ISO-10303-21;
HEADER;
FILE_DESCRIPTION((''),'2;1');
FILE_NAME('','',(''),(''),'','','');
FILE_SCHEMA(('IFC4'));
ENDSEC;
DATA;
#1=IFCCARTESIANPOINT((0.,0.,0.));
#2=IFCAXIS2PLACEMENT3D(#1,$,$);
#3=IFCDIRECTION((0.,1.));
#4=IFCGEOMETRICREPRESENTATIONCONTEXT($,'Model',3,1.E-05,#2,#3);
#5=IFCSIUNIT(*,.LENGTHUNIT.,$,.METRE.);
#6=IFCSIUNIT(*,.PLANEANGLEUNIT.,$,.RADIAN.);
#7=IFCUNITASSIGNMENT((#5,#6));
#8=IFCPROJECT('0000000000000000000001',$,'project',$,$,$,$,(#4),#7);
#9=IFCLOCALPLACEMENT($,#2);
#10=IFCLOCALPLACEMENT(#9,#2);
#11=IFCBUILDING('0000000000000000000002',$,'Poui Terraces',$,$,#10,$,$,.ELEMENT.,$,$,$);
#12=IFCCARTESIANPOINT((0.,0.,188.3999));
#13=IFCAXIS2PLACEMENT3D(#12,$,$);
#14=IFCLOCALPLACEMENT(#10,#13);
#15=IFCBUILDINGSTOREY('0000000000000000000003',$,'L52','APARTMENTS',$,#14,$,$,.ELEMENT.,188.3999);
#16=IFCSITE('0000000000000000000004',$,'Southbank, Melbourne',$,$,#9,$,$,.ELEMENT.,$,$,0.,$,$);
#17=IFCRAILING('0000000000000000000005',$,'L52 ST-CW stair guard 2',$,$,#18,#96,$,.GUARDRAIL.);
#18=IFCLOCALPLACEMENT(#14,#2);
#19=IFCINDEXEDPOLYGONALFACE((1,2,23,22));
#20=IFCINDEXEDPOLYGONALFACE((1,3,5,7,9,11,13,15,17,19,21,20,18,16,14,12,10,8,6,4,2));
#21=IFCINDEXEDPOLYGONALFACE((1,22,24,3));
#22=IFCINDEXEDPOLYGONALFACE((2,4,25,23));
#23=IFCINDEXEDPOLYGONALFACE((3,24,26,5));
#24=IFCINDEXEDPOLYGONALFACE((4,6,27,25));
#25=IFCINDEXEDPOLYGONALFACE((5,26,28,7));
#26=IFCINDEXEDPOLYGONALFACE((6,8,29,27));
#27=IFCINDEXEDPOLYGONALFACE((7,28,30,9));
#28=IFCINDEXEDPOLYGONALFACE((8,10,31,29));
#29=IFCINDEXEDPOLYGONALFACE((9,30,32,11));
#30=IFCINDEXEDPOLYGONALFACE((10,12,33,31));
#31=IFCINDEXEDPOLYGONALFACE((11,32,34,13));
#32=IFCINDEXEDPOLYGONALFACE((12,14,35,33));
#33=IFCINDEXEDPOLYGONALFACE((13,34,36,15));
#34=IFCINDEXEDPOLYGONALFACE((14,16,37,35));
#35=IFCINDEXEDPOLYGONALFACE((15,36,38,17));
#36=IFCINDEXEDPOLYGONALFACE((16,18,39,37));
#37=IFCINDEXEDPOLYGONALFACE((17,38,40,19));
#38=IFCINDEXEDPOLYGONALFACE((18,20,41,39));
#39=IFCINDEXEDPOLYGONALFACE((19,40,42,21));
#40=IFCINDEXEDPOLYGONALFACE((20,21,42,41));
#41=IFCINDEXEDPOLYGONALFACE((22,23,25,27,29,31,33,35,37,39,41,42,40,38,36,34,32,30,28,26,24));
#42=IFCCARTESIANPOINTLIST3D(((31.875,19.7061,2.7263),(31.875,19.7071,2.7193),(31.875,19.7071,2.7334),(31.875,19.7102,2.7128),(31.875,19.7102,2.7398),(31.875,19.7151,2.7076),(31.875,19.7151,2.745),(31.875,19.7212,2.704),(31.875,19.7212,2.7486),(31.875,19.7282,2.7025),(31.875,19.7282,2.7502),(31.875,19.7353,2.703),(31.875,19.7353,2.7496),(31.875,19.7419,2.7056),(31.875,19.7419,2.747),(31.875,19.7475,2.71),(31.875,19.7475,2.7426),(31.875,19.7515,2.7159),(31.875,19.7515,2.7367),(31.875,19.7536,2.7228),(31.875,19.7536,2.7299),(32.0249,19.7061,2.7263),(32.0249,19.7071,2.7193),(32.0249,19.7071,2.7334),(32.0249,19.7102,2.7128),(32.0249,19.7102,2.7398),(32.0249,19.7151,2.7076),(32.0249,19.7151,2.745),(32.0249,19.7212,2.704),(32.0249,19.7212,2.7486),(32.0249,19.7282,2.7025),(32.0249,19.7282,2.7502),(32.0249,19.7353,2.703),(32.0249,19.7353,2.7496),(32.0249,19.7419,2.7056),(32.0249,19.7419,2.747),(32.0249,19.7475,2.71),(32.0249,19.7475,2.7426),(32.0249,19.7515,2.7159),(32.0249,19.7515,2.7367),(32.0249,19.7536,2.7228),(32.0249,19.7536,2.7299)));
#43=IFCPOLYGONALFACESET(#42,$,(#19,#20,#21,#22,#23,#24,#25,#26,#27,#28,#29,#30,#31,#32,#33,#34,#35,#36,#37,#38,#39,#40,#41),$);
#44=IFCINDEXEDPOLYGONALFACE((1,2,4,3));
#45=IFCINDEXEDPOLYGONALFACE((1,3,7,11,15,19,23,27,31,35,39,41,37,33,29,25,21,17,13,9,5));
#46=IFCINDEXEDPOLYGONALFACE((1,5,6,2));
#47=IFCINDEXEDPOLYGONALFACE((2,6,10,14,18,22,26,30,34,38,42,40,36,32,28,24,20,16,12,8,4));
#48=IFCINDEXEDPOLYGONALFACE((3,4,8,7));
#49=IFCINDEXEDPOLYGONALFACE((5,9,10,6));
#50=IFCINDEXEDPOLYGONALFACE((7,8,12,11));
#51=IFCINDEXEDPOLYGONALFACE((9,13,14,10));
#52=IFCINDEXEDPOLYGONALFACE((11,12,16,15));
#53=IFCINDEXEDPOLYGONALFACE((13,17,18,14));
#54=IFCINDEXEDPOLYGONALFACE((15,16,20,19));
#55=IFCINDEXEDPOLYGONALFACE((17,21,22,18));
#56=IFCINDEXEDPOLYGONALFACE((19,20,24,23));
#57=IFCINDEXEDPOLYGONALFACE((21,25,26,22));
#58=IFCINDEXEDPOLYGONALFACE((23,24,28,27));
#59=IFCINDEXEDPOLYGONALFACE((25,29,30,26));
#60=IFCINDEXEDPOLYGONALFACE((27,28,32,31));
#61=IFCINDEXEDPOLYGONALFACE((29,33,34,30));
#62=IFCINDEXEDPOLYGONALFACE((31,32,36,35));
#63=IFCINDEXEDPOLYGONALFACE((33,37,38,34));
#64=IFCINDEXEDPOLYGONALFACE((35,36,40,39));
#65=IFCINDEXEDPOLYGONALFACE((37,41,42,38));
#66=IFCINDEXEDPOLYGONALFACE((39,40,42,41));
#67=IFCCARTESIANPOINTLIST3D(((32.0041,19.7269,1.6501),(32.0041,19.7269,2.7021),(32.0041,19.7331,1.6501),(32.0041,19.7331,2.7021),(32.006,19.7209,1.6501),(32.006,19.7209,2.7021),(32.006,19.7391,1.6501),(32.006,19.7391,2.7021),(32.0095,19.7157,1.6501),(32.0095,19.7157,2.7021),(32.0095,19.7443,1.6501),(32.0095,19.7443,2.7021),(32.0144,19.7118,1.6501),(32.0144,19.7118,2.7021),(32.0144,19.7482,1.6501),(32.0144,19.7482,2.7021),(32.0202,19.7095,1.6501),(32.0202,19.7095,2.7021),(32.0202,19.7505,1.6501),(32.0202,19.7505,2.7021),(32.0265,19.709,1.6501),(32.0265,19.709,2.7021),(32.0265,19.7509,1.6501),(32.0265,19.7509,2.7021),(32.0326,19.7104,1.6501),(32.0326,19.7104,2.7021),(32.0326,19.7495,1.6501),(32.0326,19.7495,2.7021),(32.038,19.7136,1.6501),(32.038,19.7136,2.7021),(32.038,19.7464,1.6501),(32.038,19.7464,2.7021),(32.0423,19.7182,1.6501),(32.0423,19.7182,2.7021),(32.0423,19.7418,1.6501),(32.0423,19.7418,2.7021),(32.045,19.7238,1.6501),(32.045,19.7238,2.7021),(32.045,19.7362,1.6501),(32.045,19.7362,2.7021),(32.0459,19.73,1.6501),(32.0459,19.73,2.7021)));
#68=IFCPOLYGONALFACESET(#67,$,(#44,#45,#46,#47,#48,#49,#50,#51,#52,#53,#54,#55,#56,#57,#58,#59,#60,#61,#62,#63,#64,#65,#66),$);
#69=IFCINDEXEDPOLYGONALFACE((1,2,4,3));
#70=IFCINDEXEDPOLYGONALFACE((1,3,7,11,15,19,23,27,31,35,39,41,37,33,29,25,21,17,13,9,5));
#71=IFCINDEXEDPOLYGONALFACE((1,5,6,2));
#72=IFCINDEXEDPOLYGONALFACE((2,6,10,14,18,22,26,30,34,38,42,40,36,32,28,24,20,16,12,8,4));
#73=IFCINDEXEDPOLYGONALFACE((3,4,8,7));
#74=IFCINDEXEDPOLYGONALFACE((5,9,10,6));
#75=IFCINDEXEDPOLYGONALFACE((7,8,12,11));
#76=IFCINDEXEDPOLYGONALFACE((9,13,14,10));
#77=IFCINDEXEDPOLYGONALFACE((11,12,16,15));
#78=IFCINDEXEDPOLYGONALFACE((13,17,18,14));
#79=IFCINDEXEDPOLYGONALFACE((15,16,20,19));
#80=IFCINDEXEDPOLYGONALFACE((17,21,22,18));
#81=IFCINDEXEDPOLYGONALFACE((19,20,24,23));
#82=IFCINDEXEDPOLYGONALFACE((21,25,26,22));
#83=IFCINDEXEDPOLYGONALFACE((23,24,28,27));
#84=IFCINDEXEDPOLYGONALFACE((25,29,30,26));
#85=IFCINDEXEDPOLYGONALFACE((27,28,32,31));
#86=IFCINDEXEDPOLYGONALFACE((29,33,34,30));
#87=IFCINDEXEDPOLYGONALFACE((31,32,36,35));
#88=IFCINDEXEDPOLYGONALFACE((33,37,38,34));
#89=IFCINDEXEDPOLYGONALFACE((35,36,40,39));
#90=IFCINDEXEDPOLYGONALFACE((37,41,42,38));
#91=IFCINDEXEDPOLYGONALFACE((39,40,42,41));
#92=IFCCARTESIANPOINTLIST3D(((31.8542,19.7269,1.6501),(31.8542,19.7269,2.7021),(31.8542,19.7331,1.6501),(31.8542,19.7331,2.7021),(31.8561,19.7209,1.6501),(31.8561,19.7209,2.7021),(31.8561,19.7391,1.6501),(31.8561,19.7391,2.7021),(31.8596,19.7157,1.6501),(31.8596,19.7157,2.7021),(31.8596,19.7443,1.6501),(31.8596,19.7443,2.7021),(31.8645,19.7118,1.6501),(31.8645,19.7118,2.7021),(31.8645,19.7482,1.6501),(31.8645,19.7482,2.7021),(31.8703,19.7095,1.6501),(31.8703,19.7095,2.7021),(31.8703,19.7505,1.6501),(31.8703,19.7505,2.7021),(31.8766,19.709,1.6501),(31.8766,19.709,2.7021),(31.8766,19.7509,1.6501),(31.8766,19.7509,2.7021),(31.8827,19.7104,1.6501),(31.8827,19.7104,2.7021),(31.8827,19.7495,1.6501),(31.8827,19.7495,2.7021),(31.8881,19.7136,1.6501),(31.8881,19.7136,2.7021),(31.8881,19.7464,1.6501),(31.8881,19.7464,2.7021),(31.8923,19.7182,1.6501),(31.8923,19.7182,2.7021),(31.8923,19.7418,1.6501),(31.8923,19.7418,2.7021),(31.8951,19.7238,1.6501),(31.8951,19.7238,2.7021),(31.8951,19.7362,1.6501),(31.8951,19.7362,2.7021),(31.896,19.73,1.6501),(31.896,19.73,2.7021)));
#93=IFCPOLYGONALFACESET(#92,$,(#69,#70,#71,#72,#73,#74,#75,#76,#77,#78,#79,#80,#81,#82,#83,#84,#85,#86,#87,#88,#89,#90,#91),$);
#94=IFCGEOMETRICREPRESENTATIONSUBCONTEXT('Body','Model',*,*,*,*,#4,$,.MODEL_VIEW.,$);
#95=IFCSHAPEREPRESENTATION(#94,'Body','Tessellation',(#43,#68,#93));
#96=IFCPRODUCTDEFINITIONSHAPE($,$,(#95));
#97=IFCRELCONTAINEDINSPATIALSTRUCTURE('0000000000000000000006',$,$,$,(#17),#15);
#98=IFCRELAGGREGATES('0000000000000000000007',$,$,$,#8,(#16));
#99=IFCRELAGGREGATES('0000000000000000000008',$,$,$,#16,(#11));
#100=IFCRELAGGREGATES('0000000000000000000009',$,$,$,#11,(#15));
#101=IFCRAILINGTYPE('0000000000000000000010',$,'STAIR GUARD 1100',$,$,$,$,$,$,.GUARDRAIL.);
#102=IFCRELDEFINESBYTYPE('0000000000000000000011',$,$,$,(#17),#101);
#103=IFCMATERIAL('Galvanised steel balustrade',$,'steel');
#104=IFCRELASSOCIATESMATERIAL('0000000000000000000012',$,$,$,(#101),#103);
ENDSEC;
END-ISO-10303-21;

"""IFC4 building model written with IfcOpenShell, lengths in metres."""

from ifc_helpers import new_model, si_unit, direction, frame, origin, origin_2d, place, context, subcontext, project, spatial, circle, extrude, material, type_object, element, save


model = new_model("IFC4")

# Units and contexts
model_context = context("Model", 3, precision=1e-05, world=origin(), true_north=direction((0.0, 1.0)))
body_context = subcontext(model_context, "Body", "Model", "MODEL_VIEW")
ifc_project = project(units=[si_unit("LENGTHUNIT", "METRE"), si_unit("PLANEANGLEUNIT", "RADIAN")], contexts=[model_context])

# Site, building, storey
site_placement = place(None, origin())
site = spatial("IfcSite", under=ifc_project, at=site_placement, Name="Southbank, Melbourne", CompositionType="ELEMENT", RefElevation=0.0)
building_placement = place(site_placement, origin())
building = spatial("IfcBuilding", under=site, at=building_placement, Name="Poui Terraces", CompositionType="ELEMENT")
storey_placement = place(building_placement, frame((0.0, 0.0, 188.3999)))
storey = spatial("IfcBuildingStorey", under=building, at=storey_placement, Name="L52", Description="APARTMENTS", CompositionType="ELEMENT", Elevation=188.3999)

# Railing
ifc_material_1 = material(Name="Galvanised steel balustrade", Category="steel")
railing_type_1 = type_object("IfcRailingType", Name="STAIR GUARD 1100", PredefinedType="GUARDRAIL", material=ifc_material_1)
railing_1_placement = place(storey_placement, frame((32.0249, 19.73, 1.6501)))
element("IfcRailing", 1, at=railing_1_placement, inside=storey, type_object=railing_type_1, Name="L52 ST-CW stair guard 2", PredefinedType="GUARDRAIL", context=body_context, shape_type="SweptSolid", body=[
    extrude(circle(Radius=0.0239, at=origin_2d()), frame((0.0, 0.0, 1.0762), z_axis=(-1.0, 0.0, 0.0), x_axis=(0.0, -1.0, 0.0)), (0.0, 0.0, 1.0), 0.1499),
    extrude(circle(Radius=0.021, at=origin_2d()), origin(), (0.0, 0.0, 1.0), 1.052),
    extrude(circle(Radius=0.021, at=origin_2d()), frame((-0.1499, 0.0, 0.0)), (0.0, 0.0, 1.0), 1.052),
])

save(model, "model.ifc")
